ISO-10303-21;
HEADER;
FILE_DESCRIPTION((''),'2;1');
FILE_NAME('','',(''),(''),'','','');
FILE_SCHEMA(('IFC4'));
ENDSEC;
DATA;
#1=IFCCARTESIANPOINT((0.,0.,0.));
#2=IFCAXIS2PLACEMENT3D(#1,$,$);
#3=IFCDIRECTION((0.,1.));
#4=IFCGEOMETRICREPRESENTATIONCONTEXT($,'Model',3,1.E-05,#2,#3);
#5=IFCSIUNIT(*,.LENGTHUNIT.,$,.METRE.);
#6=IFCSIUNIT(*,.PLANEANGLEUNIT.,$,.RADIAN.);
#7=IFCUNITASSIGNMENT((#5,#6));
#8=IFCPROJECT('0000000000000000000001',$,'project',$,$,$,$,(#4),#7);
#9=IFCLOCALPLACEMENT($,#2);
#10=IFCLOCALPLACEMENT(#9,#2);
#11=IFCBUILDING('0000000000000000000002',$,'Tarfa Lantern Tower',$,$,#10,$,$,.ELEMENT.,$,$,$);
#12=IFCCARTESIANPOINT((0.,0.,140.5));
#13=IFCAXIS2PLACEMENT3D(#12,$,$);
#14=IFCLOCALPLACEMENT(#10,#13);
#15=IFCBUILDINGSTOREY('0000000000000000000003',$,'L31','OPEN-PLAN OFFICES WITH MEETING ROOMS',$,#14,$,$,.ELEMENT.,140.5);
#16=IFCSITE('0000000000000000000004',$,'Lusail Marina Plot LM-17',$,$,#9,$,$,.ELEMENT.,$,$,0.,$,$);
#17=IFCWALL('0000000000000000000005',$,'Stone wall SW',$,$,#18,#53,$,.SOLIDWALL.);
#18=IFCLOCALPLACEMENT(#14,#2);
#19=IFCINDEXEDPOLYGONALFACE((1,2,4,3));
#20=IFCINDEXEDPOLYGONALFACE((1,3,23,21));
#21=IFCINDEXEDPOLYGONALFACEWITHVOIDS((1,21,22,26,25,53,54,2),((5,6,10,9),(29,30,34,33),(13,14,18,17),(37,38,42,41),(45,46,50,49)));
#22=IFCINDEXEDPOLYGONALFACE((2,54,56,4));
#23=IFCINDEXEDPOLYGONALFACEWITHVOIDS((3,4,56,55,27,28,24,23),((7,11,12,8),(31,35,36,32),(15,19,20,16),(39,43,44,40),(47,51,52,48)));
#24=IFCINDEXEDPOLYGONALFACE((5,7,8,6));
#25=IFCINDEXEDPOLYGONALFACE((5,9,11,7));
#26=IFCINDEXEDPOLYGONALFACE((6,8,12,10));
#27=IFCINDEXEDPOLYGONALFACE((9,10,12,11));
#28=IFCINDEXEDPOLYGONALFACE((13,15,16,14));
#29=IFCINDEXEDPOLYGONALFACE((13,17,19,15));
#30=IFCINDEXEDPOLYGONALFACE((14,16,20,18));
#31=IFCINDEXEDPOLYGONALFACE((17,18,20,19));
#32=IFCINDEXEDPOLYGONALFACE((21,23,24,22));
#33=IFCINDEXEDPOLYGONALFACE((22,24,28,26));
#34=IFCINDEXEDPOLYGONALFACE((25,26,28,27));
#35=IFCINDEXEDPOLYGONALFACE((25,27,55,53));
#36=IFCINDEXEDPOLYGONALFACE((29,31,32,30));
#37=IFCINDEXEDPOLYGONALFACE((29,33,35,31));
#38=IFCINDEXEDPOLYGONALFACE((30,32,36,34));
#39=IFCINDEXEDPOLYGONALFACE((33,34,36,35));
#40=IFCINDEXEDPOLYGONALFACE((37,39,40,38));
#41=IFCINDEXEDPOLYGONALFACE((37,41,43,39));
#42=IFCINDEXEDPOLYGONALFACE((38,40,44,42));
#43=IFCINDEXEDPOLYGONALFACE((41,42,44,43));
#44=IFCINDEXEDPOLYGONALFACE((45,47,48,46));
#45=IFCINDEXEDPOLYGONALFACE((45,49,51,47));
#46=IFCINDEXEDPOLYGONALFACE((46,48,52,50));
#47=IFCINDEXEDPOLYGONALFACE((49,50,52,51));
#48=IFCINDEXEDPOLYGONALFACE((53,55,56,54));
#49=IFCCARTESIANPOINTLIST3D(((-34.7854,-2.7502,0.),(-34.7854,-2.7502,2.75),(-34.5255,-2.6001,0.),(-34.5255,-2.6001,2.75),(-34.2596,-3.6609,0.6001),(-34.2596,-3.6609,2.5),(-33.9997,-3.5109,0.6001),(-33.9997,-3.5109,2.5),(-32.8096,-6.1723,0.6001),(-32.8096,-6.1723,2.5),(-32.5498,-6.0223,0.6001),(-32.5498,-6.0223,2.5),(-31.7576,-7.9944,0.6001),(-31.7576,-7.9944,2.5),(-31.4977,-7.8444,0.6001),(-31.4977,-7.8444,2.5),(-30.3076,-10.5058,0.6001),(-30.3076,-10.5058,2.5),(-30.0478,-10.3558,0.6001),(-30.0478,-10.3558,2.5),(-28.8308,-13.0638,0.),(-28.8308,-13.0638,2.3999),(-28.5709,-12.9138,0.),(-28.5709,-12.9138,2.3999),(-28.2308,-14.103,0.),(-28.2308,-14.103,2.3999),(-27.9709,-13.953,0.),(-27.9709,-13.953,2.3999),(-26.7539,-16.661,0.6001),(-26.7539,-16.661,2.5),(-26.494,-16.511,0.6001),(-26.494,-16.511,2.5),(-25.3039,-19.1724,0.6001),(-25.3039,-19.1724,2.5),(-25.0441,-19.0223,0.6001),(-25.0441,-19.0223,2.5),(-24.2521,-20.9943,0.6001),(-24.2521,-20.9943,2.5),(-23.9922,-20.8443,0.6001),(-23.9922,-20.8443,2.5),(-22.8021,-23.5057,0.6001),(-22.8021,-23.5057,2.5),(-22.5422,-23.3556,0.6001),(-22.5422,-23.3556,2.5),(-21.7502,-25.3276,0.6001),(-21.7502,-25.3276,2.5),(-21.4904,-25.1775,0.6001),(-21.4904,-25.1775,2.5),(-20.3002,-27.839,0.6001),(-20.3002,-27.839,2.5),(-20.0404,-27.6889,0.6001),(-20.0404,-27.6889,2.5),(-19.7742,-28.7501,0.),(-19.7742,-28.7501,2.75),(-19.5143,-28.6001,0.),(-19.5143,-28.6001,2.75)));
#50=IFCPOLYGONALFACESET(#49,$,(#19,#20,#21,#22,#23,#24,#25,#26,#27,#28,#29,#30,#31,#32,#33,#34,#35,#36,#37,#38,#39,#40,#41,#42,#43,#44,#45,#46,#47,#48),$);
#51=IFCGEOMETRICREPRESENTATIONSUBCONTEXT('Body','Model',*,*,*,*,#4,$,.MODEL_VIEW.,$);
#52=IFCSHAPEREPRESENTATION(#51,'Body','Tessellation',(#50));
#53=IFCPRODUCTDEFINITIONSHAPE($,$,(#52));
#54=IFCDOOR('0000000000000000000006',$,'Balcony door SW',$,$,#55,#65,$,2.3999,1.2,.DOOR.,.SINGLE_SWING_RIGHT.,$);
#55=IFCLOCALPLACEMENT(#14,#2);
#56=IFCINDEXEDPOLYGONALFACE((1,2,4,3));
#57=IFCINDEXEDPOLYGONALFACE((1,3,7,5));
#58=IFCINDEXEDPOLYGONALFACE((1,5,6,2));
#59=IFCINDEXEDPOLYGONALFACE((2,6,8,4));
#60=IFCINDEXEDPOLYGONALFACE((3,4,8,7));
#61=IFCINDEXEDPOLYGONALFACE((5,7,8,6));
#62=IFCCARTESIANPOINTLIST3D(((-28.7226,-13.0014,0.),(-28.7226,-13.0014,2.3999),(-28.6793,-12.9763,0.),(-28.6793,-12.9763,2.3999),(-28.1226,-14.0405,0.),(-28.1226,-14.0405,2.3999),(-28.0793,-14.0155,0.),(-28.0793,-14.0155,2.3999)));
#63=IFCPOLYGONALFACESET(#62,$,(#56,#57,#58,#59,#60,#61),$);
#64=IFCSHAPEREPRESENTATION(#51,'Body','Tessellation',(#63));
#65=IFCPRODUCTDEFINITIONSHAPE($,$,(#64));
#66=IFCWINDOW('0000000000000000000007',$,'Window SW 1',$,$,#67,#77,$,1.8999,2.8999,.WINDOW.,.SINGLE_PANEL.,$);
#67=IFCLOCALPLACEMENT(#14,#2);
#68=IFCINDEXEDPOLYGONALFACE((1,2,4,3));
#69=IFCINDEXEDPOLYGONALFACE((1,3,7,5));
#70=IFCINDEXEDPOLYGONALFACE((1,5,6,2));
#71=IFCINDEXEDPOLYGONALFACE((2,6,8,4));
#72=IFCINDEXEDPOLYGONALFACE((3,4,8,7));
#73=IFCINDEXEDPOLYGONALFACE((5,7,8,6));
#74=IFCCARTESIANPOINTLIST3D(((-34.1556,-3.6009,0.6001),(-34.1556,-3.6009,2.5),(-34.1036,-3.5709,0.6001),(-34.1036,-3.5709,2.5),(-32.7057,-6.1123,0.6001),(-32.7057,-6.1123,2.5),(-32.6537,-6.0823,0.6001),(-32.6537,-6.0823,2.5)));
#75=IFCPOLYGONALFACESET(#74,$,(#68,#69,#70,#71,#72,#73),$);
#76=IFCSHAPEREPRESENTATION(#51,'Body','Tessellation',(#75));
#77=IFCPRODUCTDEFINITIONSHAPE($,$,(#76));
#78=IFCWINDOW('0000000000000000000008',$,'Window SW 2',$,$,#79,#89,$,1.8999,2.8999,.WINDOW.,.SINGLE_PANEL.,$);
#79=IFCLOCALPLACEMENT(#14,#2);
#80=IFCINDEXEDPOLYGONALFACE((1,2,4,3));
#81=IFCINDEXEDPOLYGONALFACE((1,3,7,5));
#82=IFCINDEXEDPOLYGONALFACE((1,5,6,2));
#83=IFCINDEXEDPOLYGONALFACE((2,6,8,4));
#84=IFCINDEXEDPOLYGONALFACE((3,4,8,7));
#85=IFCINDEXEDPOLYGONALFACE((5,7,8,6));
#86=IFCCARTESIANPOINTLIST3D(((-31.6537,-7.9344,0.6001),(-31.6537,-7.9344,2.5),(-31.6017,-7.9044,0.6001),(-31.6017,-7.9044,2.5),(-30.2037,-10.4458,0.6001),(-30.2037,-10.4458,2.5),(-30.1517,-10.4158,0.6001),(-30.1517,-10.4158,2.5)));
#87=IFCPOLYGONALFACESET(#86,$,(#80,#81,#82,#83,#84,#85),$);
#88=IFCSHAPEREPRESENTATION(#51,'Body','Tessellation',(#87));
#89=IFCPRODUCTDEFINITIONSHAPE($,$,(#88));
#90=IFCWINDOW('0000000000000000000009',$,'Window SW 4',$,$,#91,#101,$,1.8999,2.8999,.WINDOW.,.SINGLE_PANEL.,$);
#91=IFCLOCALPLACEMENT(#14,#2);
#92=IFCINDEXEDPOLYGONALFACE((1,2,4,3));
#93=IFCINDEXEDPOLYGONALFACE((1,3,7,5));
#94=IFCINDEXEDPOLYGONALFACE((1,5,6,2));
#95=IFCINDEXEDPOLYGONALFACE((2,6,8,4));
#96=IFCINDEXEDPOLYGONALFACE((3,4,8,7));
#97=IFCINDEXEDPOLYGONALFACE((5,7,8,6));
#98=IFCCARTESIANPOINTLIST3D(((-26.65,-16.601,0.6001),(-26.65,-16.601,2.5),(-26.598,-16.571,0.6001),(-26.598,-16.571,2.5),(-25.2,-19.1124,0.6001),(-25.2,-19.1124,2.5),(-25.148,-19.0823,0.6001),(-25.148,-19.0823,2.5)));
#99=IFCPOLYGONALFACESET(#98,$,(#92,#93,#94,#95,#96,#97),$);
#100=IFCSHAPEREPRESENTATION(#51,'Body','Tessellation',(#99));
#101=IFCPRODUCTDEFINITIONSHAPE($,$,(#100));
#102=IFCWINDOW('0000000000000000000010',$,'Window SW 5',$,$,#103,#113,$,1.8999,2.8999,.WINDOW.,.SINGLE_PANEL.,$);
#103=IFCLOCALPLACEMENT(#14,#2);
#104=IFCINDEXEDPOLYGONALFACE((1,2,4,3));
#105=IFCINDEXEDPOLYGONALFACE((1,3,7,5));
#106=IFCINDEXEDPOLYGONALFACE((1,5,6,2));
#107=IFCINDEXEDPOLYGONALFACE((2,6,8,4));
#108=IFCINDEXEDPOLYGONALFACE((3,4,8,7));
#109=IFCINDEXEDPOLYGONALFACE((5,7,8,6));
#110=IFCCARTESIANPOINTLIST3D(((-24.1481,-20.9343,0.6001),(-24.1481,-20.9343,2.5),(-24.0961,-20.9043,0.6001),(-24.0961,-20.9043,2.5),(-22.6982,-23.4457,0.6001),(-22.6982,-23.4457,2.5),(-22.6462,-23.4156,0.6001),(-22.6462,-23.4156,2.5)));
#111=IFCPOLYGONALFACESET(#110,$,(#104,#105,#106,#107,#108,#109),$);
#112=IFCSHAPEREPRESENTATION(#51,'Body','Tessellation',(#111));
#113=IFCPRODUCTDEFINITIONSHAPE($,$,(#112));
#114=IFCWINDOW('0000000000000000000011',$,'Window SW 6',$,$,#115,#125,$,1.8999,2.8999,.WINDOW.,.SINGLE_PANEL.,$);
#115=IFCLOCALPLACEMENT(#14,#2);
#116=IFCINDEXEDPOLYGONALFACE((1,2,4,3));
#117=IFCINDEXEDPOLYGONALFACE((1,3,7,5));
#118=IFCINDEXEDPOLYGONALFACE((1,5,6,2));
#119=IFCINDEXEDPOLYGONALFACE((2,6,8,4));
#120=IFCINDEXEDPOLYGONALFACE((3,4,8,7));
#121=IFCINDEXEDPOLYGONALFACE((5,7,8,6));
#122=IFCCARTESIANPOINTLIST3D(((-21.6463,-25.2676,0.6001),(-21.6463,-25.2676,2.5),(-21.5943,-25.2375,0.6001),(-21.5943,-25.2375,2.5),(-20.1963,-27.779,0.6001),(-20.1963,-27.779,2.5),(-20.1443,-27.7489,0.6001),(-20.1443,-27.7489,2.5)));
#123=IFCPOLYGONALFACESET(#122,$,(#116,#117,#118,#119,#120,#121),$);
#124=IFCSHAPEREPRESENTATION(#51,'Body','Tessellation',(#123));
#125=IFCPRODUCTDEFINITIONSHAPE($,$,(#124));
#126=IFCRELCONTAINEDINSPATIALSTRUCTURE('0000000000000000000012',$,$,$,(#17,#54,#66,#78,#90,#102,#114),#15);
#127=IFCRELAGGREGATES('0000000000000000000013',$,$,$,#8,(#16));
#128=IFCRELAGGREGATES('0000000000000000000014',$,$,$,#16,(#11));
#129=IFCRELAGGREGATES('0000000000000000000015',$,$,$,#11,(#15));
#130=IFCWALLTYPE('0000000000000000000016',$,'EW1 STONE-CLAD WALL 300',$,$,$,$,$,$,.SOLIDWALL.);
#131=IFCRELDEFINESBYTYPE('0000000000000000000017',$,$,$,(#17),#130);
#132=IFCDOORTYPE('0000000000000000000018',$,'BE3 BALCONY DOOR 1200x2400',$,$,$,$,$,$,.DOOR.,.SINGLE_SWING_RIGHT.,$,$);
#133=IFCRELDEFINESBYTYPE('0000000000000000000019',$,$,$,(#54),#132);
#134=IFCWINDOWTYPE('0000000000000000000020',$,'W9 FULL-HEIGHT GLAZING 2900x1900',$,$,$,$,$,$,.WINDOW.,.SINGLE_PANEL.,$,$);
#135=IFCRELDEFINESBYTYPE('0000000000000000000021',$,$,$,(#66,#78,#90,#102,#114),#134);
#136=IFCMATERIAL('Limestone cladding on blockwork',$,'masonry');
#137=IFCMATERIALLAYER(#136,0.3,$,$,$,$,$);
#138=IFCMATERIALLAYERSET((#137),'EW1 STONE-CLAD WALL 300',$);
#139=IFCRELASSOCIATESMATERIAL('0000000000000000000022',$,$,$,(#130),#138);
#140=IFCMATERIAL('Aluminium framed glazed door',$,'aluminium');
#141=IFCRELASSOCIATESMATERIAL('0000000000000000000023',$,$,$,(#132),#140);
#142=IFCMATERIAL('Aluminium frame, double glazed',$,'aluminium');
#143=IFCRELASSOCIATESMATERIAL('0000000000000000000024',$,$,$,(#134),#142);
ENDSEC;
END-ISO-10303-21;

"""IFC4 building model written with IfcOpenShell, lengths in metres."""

from ifc_helpers import new_model, si_unit, direction, frame, frame_2d, origin, place, context, subcontext, project, spatial, rectangle, extrude, material, layer, layer_set, type_object, element, fill, save


model = new_model("IFC4")

# Units and contexts
model_context = context("Model", 3, precision=1e-05, world=origin(), true_north=direction((0.0, 1.0)))
body_context = subcontext(model_context, "Body", "Model", "MODEL_VIEW")
ifc_project = project(units=[si_unit("LENGTHUNIT", "METRE"), si_unit("PLANEANGLEUNIT", "RADIAN")], contexts=[model_context])

# Site, building, storey
site_placement = place(None, origin())
site = spatial("IfcSite", under=ifc_project, at=site_placement, Name="Lusail Marina Plot LM-17", CompositionType="ELEMENT", RefElevation=0.0)
building_placement = place(site_placement, origin())
building = spatial("IfcBuilding", under=site, at=building_placement, Name="Tarfa Lantern Tower", CompositionType="ELEMENT")
storey_placement = place(building_placement, frame((0.0, 0.0, 140.5)))
storey = spatial("IfcBuildingStorey", under=building, at=storey_placement, Name="L31", Description="OPEN-PLAN OFFICES WITH MEETING ROOMS", CompositionType="ELEMENT", Elevation=140.5)

# Wall, openings, door, windows
ifc_material_1 = material(Name="Limestone cladding on blockwork", Category="masonry")
ifc_layer_1 = layer(ifc_material_1, 0.3)
ifc_layer_set_1 = layer_set([ifc_layer_1], Name="EW1 STONE-CLAD WALL 300")
wall_type = type_object("IfcWallType", Name="EW1 STONE-CLAD WALL 300", PredefinedType="SOLIDWALL", material=ifc_layer_set_1)
wall_placement = place(storey_placement, frame((-34.6555, -2.675, 0.0), z_axis=(0.0, 0.0, 1.0), x_axis=(0.500003, -0.866024, 0.0)))
wall = element("IfcWall", 1, at=wall_placement, inside=storey, type_object=wall_type, Name="Stone wall SW", PredefinedType="SOLIDWALL", context=body_context, shape_type="SweptSolid", body=[
    extrude(rectangle(XDim=30.0222, YDim=0.3, at=frame_2d((15.0112, 0.0))), origin(), (0.0, 0.0, 1.0), 2.75),
])
opening_1_placement = place(wall_placement, frame((1.0518, 0.0, 0.6001)))
opening_1 = element("IfcOpeningElement", 2, at=opening_1_placement, cuts=wall, PredefinedType="OPENING", context=body_context, shape_type="SweptSolid", body=[
    extrude(rectangle(XDim=2.8999, YDim=1.8999, at=frame_2d((1.45, 0.95))), frame((0.0, 0.1599, 0.0), z_axis=(0.0, -1.0, 0.0), x_axis=(1.0, 0.0, 0.0)), (0.0, 0.0, 1.0), 0.3201),
])
opening_2_placement = place(wall_placement, frame((6.0557, 0.0, 0.6001)))
opening_2 = element("IfcOpeningElement", 3, at=opening_2_placement, cuts=wall, PredefinedType="OPENING", context=body_context, shape_type="SweptSolid", body=[
    extrude(rectangle(XDim=2.8999, YDim=1.8999, at=frame_2d((1.45, 0.95))), frame((0.0, 0.1599, 0.0), z_axis=(0.0, -1.0, 0.0), x_axis=(1.0, 0.0, 0.0)), (0.0, 0.0, 1.0), 0.3201),
])
opening_3_placement = place(wall_placement, frame((11.9092, 0.0, 0.0)))
opening_3 = element("IfcOpeningElement", 4, at=opening_3_placement, cuts=wall, PredefinedType="OPENING", context=body_context, shape_type="SweptSolid", body=[
    extrude(rectangle(XDim=1.2, YDim=2.3999, at=frame_2d((0.6001, 1.2))), frame((0.0, 0.1599, 0.0), z_axis=(0.0, -1.0, 0.0), x_axis=(1.0, 0.0, 0.0)), (0.0, 0.0, 1.0), 0.3201),
])
opening_4_placement = place(wall_placement, frame((16.063, 0.0, 0.6001)))
opening_4 = element("IfcOpeningElement", 5, at=opening_4_placement, cuts=wall, PredefinedType="OPENING", context=body_context, shape_type="SweptSolid", body=[
    extrude(rectangle(XDim=2.8999, YDim=1.8999, at=frame_2d((1.45, 0.95))), frame((0.0, 0.1599, 0.0), z_axis=(0.0, -1.0, 0.0), x_axis=(1.0, 0.0, 0.0)), (0.0, 0.0, 1.0), 0.3201),
])
opening_5_placement = place(wall_placement, frame((21.0667, 0.0, 0.6001)))
opening_5 = element("IfcOpeningElement", 6, at=opening_5_placement, cuts=wall, PredefinedType="OPENING", context=body_context, shape_type="SweptSolid", body=[
    extrude(rectangle(XDim=2.8999, YDim=1.8999, at=frame_2d((1.45, 0.95))), frame((0.0, 0.1599, 0.0), z_axis=(0.0, -1.0, 0.0), x_axis=(1.0, 0.0, 0.0)), (0.0, 0.0, 1.0), 0.3201),
])
opening_6_placement = place(wall_placement, frame((26.0703, 0.0, 0.6001)))
opening_6 = element("IfcOpeningElement", 7, at=opening_6_placement, cuts=wall, PredefinedType="OPENING", context=body_context, shape_type="SweptSolid", body=[
    extrude(rectangle(XDim=2.8999, YDim=1.8999, at=frame_2d((1.45, 0.95))), frame((0.0, 0.1599, 0.0), z_axis=(0.0, -1.0, 0.0), x_axis=(1.0, 0.0, 0.0)), (0.0, 0.0, 1.0), 0.3201),
])
ifc_material_2 = material(Name="Aluminium framed glazed door", Category="aluminium")
door_type = type_object("IfcDoorType", Name="BE3 BALCONY DOOR 1200x2400", OperationType="SINGLE_SWING_RIGHT", PredefinedType="DOOR", material=ifc_material_2)
door_placement = place(opening_3_placement, origin())
door = element("IfcDoor", 8, at=door_placement, inside=storey, type_object=door_type, Name="Balcony door SW", OperationType="SINGLE_SWING_RIGHT", OverallHeight=2.3999, OverallWidth=1.2, PredefinedType="DOOR", context=body_context, shape_type="SweptSolid", body=[
    extrude(rectangle(XDim=1.2, YDim=2.3999, at=frame_2d((0.6001, 1.2))), frame((0.0, 0.0249, 0.0), z_axis=(0.0, -1.0, 0.0), x_axis=(1.0, 0.0, 0.0)), (0.0, 0.0, 1.0), 0.05),
])
fill(opening_3, door)
ifc_material_3 = material(Name="Aluminium frame, double glazed", Category="aluminium")
window_type = type_object("IfcWindowType", Name="W9 FULL-HEIGHT GLAZING 2900x1900", PartitioningType="SINGLE_PANEL", PredefinedType="WINDOW", material=ifc_material_3)
window_1_placement = place(opening_1_placement, origin())
window_1 = element("IfcWindow", 9, at=window_1_placement, inside=storey, type_object=window_type, Name="Window SW 1", OverallHeight=1.8999, OverallWidth=2.8999, PartitioningType="SINGLE_PANEL", PredefinedType="WINDOW", context=body_context, shape_type="SweptSolid", body=[
    extrude(rectangle(XDim=2.8999, YDim=1.8999, at=frame_2d((1.45, 0.95))), frame((0.0, 0.03, 0.0), z_axis=(0.0, -1.0, 0.0), x_axis=(1.0, 0.0, 0.0)), (0.0, 0.0, 1.0), 0.0601),
])
fill(opening_1, window_1)
window_2_placement = place(opening_2_placement, origin())
window_2 = element("IfcWindow", 10, at=window_2_placement, inside=storey, type_object=window_type, Name="Window SW 2", OverallHeight=1.8999, OverallWidth=2.8999, PartitioningType="SINGLE_PANEL", PredefinedType="WINDOW", context=body_context, shape_type="SweptSolid", body=[
    extrude(rectangle(XDim=2.8999, YDim=1.8999, at=frame_2d((1.45, 0.95))), frame((0.0, 0.03, 0.0), z_axis=(0.0, -1.0, 0.0), x_axis=(1.0, 0.0, 0.0)), (0.0, 0.0, 1.0), 0.0601),
])
fill(opening_2, window_2)
window_3_placement = place(opening_4_placement, origin())
window_3 = element("IfcWindow", 11, at=window_3_placement, inside=storey, type_object=window_type, Name="Window SW 4", OverallHeight=1.8999, OverallWidth=2.8999, PartitioningType="SINGLE_PANEL", PredefinedType="WINDOW", context=body_context, shape_type="SweptSolid", body=[
    extrude(rectangle(XDim=2.8999, YDim=1.8999, at=frame_2d((1.45, 0.95))), frame((0.0, 0.03, 0.0), z_axis=(0.0, -1.0, 0.0), x_axis=(1.0, 0.0, 0.0)), (0.0, 0.0, 1.0), 0.0601),
])
fill(opening_4, window_3)
window_4_placement = place(opening_5_placement, origin())
window_4 = element("IfcWindow", 12, at=window_4_placement, inside=storey, type_object=window_type, Name="Window SW 5", OverallHeight=1.8999, OverallWidth=2.8999, PartitioningType="SINGLE_PANEL", PredefinedType="WINDOW", context=body_context, shape_type="SweptSolid", body=[
    extrude(rectangle(XDim=2.8999, YDim=1.8999, at=frame_2d((1.45, 0.95))), frame((0.0, 0.03, 0.0), z_axis=(0.0, -1.0, 0.0), x_axis=(1.0, 0.0, 0.0)), (0.0, 0.0, 1.0), 0.0601),
])
fill(opening_5, window_4)
window_5_placement = place(opening_6_placement, origin())
window_5 = element("IfcWindow", 13, at=window_5_placement, inside=storey, type_object=window_type, Name="Window SW 6", OverallHeight=1.8999, OverallWidth=2.8999, PartitioningType="SINGLE_PANEL", PredefinedType="WINDOW", context=body_context, shape_type="SweptSolid", body=[
    extrude(rectangle(XDim=2.8999, YDim=1.8999, at=frame_2d((1.45, 0.95))), frame((0.0, 0.03, 0.0), z_axis=(0.0, -1.0, 0.0), x_axis=(1.0, 0.0, 0.0)), (0.0, 0.0, 1.0), 0.0601),
])
fill(opening_6, window_5)

save(model, "model.ifc")
